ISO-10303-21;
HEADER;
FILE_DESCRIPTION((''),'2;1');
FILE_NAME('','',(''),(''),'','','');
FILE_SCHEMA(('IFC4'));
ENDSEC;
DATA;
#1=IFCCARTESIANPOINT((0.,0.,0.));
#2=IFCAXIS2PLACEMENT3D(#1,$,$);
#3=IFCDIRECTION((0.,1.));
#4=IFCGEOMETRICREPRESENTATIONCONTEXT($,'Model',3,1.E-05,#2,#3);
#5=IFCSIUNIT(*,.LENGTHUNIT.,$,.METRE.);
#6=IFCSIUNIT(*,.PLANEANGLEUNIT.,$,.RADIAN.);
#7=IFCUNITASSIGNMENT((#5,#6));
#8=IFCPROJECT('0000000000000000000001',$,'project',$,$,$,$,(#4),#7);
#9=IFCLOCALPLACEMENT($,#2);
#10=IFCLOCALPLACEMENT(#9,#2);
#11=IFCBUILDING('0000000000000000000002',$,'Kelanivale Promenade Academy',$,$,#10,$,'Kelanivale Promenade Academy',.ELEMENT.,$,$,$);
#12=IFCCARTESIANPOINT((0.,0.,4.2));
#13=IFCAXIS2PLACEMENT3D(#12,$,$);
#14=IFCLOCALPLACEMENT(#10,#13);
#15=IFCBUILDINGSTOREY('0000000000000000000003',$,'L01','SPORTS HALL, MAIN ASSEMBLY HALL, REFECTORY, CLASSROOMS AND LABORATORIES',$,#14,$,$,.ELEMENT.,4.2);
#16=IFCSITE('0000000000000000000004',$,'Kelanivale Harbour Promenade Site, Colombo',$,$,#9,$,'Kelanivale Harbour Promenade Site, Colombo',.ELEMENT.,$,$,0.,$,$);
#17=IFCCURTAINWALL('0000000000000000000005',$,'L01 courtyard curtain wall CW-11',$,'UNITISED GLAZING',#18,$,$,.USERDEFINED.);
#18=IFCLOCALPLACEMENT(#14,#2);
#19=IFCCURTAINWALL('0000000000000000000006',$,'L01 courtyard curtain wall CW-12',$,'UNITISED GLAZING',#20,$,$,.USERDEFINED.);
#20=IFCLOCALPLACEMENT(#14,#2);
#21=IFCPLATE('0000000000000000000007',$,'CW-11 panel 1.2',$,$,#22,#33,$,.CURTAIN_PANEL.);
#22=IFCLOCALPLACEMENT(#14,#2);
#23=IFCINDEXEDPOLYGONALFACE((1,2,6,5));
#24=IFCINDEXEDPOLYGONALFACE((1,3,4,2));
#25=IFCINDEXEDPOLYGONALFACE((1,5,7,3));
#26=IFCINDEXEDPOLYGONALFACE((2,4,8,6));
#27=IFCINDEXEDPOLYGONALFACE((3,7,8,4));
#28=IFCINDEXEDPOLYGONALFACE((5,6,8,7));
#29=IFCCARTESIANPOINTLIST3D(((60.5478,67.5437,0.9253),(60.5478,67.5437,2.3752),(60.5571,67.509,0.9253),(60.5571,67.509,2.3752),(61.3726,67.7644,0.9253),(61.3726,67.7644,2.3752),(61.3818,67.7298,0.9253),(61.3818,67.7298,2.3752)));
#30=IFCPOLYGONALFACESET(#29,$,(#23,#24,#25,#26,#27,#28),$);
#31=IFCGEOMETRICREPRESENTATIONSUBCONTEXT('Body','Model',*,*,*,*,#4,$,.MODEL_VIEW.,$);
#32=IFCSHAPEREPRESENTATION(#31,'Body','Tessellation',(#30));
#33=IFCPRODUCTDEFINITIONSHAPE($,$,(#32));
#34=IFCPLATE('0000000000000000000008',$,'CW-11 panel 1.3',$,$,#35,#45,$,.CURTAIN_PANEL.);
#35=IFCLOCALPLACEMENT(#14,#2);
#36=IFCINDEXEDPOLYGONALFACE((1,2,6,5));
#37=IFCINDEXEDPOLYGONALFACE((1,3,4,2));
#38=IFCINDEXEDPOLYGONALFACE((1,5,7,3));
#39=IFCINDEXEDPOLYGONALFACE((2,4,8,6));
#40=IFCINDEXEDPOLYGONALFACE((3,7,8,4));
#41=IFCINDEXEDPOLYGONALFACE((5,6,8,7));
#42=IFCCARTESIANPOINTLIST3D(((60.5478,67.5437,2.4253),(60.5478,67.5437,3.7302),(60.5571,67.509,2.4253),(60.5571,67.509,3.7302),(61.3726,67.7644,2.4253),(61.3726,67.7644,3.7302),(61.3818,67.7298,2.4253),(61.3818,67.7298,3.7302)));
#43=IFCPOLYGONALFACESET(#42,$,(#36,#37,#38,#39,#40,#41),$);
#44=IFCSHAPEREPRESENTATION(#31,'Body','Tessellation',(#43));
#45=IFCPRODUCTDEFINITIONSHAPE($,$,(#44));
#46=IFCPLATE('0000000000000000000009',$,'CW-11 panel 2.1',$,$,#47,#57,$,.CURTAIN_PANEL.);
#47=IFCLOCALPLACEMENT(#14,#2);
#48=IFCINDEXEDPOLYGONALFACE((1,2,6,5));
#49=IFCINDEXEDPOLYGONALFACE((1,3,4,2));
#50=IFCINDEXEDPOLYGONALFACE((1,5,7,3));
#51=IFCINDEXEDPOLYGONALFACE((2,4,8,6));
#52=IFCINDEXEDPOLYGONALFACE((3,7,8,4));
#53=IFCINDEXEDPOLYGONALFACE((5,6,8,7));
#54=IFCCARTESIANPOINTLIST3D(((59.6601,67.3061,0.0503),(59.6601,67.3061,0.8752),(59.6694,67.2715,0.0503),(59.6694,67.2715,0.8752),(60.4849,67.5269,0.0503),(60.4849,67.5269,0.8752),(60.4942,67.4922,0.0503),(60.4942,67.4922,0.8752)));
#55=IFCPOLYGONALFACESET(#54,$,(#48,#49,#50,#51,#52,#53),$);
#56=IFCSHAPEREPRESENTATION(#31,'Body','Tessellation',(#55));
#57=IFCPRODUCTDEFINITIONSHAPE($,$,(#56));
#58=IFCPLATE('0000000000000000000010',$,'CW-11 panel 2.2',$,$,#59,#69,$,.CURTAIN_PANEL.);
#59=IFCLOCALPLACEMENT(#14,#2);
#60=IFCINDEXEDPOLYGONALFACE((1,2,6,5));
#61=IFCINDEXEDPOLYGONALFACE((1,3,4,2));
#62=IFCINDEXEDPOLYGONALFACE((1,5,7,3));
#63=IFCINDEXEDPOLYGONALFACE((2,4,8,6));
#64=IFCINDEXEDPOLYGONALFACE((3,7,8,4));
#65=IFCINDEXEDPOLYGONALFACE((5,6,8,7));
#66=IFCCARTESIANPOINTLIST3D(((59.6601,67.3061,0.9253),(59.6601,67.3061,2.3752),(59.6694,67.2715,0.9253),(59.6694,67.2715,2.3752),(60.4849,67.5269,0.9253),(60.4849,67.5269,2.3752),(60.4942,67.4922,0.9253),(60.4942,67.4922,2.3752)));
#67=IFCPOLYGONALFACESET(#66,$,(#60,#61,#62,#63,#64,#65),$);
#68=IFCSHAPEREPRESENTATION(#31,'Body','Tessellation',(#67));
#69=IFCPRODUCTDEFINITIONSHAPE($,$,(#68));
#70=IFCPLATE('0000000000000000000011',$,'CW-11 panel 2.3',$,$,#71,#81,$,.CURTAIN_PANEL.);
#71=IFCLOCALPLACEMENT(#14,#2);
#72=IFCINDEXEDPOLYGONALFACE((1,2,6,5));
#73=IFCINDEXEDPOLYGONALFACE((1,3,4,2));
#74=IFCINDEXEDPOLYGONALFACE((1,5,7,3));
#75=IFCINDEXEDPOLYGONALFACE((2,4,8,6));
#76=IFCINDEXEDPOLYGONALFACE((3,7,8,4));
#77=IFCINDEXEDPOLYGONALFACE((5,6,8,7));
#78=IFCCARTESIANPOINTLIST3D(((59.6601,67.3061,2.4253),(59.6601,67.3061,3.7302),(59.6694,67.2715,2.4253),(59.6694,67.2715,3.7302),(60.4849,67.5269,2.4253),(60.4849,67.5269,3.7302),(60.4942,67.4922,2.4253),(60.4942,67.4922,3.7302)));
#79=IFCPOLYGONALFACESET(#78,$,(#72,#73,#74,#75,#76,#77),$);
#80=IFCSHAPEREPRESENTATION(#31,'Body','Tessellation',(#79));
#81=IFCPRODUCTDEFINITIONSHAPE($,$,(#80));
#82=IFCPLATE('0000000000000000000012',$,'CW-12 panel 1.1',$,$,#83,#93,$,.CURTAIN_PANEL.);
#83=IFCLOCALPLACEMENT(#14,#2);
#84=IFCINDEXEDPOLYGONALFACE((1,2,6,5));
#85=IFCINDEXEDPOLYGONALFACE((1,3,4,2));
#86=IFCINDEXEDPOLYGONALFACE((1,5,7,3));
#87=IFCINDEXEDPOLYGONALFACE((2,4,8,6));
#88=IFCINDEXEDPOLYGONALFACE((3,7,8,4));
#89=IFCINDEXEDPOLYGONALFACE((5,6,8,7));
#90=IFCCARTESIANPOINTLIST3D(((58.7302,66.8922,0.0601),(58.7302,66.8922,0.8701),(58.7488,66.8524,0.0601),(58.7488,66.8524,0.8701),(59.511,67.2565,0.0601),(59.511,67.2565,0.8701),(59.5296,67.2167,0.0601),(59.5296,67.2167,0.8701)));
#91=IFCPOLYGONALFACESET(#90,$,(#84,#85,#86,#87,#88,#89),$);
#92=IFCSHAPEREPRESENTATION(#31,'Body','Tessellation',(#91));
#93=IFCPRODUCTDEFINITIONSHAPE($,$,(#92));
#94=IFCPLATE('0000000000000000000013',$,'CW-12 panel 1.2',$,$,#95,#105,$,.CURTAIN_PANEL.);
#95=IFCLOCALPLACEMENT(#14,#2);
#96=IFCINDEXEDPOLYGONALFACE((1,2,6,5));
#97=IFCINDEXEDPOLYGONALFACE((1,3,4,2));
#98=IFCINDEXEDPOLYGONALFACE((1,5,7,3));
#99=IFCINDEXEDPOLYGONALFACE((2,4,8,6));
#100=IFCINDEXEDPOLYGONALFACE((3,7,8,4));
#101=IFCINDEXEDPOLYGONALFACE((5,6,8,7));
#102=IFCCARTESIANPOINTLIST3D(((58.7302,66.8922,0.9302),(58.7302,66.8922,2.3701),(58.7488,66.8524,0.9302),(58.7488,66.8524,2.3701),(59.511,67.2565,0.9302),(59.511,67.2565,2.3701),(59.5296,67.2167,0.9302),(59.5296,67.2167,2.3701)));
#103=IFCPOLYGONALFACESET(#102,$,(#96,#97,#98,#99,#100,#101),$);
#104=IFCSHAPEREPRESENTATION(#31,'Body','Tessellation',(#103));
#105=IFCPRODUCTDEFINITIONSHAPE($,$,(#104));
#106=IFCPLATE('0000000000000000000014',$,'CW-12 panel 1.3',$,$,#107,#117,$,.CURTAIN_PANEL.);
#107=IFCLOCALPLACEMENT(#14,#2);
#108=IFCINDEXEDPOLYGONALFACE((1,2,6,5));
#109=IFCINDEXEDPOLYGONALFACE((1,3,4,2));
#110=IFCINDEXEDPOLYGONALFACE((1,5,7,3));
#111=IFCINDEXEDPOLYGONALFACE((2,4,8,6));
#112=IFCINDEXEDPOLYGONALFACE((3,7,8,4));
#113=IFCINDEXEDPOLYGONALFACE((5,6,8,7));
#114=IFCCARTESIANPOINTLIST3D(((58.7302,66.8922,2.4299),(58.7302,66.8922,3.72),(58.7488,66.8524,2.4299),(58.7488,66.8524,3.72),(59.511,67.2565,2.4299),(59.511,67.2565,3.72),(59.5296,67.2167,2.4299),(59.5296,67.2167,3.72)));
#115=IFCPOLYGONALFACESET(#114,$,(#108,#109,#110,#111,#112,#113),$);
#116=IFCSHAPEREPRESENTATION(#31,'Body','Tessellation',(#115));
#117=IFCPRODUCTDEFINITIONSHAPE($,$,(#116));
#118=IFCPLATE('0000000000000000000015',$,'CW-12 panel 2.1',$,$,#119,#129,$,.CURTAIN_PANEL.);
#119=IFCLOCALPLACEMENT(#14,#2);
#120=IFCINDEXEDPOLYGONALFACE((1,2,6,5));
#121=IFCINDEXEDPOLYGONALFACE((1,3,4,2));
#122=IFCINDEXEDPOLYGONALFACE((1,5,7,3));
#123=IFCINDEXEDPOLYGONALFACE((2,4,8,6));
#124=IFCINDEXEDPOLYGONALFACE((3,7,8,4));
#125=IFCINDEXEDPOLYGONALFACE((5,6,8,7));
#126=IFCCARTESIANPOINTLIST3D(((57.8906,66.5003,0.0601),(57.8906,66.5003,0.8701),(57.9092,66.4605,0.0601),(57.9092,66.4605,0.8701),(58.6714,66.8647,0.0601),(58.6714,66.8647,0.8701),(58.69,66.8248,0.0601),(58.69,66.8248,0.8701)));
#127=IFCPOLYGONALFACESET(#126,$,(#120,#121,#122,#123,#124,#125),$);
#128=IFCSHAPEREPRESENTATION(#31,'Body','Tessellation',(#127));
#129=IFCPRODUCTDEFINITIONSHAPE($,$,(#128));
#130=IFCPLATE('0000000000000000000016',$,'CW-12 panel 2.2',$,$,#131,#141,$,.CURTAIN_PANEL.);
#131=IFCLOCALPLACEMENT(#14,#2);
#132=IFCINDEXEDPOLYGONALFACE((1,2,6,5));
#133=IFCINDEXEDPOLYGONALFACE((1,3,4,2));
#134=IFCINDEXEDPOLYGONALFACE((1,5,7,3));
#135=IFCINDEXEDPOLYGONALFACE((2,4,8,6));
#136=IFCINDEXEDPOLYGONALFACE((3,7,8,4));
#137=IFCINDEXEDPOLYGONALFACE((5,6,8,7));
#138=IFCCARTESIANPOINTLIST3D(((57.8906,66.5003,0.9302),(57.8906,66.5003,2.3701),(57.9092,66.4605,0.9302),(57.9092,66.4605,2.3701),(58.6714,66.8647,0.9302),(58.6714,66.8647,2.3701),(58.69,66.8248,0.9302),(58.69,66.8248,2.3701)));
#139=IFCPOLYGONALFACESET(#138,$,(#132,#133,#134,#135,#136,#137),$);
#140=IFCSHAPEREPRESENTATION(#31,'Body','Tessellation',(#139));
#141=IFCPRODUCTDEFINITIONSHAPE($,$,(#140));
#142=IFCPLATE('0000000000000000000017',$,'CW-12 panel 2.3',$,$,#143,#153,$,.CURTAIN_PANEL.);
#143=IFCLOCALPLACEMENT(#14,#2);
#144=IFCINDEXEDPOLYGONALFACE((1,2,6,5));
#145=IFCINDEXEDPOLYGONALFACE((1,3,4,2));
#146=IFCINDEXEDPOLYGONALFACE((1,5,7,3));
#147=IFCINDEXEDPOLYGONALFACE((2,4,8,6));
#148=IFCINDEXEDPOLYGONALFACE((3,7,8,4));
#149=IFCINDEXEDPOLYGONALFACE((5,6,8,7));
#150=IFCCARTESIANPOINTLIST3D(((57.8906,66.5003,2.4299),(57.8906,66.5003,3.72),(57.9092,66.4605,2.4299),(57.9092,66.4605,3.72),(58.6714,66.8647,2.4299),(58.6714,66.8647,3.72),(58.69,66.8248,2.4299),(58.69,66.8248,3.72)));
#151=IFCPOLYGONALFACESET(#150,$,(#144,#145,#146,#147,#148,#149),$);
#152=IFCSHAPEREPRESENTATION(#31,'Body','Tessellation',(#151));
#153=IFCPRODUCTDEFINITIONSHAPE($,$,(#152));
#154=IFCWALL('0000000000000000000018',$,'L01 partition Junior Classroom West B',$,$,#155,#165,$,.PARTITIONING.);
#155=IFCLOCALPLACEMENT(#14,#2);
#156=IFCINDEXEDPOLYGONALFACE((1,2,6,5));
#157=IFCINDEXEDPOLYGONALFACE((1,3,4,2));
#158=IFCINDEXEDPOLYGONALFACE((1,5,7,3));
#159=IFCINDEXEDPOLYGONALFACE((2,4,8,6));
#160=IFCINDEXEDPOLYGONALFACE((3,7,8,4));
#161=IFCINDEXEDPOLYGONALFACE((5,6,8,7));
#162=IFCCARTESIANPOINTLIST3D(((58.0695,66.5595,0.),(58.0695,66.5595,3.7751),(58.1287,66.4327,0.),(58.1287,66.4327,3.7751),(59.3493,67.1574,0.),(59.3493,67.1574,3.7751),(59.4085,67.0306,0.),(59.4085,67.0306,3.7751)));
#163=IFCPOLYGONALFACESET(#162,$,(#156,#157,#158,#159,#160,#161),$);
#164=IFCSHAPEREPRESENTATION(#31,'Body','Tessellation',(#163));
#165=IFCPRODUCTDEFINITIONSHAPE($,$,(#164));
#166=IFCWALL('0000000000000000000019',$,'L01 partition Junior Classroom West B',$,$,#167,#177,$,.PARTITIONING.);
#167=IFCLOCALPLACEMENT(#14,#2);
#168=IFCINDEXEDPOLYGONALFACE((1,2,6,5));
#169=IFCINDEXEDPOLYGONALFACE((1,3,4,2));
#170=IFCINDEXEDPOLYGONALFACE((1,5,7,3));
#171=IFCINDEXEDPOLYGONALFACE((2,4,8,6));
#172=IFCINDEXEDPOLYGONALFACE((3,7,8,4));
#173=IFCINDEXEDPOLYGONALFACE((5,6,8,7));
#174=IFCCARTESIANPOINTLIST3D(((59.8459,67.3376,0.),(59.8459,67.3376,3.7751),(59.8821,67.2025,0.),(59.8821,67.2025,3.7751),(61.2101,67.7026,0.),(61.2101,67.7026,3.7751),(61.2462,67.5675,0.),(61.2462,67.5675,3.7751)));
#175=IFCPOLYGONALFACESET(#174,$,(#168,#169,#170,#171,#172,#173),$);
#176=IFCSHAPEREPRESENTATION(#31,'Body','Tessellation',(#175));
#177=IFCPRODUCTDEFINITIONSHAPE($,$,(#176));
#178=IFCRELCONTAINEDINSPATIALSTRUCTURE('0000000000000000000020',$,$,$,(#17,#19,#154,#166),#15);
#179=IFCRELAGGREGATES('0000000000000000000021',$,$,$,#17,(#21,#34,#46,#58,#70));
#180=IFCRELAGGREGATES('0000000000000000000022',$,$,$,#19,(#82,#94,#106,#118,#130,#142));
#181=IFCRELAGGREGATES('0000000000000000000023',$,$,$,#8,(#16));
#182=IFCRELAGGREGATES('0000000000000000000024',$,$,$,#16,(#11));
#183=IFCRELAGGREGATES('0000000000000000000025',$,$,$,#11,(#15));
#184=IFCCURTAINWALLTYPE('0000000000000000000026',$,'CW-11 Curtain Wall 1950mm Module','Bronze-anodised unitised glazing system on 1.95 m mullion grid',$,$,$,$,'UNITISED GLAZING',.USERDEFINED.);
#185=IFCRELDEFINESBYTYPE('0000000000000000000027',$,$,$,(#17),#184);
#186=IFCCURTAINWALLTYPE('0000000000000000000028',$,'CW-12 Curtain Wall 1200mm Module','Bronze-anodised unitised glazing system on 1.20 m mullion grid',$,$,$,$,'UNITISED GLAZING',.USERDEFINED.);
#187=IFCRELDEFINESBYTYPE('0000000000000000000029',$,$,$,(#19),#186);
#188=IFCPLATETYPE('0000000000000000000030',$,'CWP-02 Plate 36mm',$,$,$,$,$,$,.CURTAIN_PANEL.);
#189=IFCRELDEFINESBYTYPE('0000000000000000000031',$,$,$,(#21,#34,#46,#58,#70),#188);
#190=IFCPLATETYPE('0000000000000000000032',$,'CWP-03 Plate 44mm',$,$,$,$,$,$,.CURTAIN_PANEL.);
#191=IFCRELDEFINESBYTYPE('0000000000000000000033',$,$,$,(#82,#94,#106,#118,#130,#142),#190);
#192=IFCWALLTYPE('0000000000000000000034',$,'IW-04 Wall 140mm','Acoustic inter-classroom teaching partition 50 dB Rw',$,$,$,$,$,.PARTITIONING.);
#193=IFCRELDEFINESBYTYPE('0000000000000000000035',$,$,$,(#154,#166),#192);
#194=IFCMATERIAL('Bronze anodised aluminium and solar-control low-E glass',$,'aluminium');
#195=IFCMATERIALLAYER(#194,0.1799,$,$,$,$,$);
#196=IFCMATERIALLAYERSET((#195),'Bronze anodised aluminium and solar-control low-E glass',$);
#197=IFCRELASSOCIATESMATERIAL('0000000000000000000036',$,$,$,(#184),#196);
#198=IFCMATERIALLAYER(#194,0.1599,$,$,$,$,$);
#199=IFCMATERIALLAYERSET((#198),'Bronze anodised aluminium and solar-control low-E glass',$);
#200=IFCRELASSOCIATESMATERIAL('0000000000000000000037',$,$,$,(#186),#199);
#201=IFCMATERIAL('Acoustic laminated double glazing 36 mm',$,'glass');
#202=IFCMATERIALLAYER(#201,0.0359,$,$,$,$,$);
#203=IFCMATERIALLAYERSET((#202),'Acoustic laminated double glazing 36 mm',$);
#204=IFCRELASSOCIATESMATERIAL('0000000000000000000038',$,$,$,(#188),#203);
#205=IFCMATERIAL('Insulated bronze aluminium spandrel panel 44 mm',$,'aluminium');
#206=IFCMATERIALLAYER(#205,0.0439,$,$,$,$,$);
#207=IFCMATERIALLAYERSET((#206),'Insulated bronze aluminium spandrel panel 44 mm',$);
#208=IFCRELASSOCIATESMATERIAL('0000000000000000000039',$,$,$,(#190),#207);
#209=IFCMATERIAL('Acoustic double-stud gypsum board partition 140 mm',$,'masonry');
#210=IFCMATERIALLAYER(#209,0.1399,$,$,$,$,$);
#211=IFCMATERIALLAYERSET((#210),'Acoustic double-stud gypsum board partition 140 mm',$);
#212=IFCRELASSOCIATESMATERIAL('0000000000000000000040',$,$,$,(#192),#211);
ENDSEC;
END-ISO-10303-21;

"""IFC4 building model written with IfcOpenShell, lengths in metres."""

from ifc_helpers import new_model, si_unit, direction, frame, frame_2d, origin, origin_2d, place, context, subcontext, project, spatial, rectangle, extrude, material, layer, layer_set, type_object, element, aggregate, save


model = new_model("IFC4")

# Units and contexts
model_context = context("Model", 3, precision=1e-05, world=origin(), true_north=direction((0.0, 1.0)))
body_context = subcontext(model_context, "Body", "Model", "MODEL_VIEW")
ifc_project = project(units=[si_unit("LENGTHUNIT", "METRE"), si_unit("PLANEANGLEUNIT", "RADIAN")], contexts=[model_context])

# Site, building, storey
site_placement = place(None, origin())
site = spatial("IfcSite", under=ifc_project, at=site_placement, Name="Kelanivale Harbour Promenade Site, Colombo", LongName="Kelanivale Harbour Promenade Site, Colombo", CompositionType="ELEMENT", RefElevation=0.0)
building_placement = place(site_placement, origin())
building = spatial("IfcBuilding", under=site, at=building_placement, Name="Kelanivale Promenade Academy", LongName="Kelanivale Promenade Academy", CompositionType="ELEMENT")
storey_placement = place(building_placement, frame((0.0, 0.0, 4.2)))
storey = spatial("IfcBuildingStorey", under=building, at=storey_placement, Name="L01", Description="SPORTS HALL, MAIN ASSEMBLY HALL, REFECTORY, CLASSROOMS AND LABORATORIES", CompositionType="ELEMENT", Elevation=4.2)

# Curtain walls
ifc_material_1 = material(Name="Bronze anodised aluminium and solar-control low-E glass", Category="aluminium")
ifc_layer_1 = layer(ifc_material_1, 0.1799)
ifc_layer_set_1 = layer_set([ifc_layer_1], Name="Bronze anodised aluminium and solar-control low-E glass")
curtain_wall_type_1 = type_object("IfcCurtainWallType", Name="CW-11 Curtain Wall 1950mm Module", Description="Bronze-anodised unitised glazing system on 1.95 m mullion grid", ElementType="UNITISED GLAZING", PredefinedType="USERDEFINED", material=ifc_layer_set_1)
curtain_wall_1_placement = place(storey_placement, origin())
curtain_wall_1 = element("IfcCurtainWall", 1, at=curtain_wall_1_placement, inside=storey, type_object=curtain_wall_type_1, Name="L01 courtyard curtain wall CW-11", ObjectType="UNITISED GLAZING", PredefinedType="USERDEFINED")
ifc_layer_2 = layer(ifc_material_1, 0.1599)
ifc_layer_set_2 = layer_set([ifc_layer_2], Name="Bronze anodised aluminium and solar-control low-E glass")
curtain_wall_type_2 = type_object("IfcCurtainWallType", Name="CW-12 Curtain Wall 1200mm Module", Description="Bronze-anodised unitised glazing system on 1.20 m mullion grid", ElementType="UNITISED GLAZING", PredefinedType="USERDEFINED", material=ifc_layer_set_2)
curtain_wall_2_placement = place(storey_placement, origin())
curtain_wall_2 = element("IfcCurtainWall", 2, at=curtain_wall_2_placement, inside=storey, type_object=curtain_wall_type_2, Name="L01 courtyard curtain wall CW-12", ObjectType="UNITISED GLAZING", PredefinedType="USERDEFINED")

# Plates
ifc_material_2 = material(Name="Acoustic laminated double glazing 36 mm", Category="glass")
ifc_layer_3 = layer(ifc_material_2, 0.0359)
ifc_layer_set_3 = layer_set([ifc_layer_3], Name="Acoustic laminated double glazing 36 mm")
plate_type_1 = type_object("IfcPlateType", Name="CWP-02 Plate 36mm", PredefinedType="CURTAIN_PANEL", material=ifc_layer_set_3)
plate_1_placement = place(storey_placement, frame((60.9648, 67.6367, 0.9253), z_axis=(0.0, 0.0, 1.0), x_axis=(-0.96599, -0.258578, 0.0)))
plate_1 = element("IfcPlate", 3, at=plate_1_placement, type_object=plate_type_1, Name="CW-11 panel 1.2", PredefinedType="CURTAIN_PANEL", context=body_context, shape_type="SweptSolid", body=[
    extrude(rectangle(XDim=0.8538, YDim=0.0359, at=origin_2d()), origin(), (0.0, 0.0, 1.0), 1.45),
])
plate_2_placement = place(storey_placement, frame((60.9648, 67.6367, 2.4253), z_axis=(0.0, 0.0, 1.0), x_axis=(-0.96599, -0.258578, 0.0)))
plate_2 = element("IfcPlate", 4, at=plate_2_placement, type_object=plate_type_1, Name="CW-11 panel 1.3", PredefinedType="CURTAIN_PANEL", context=body_context, shape_type="SweptSolid", body=[
    extrude(rectangle(XDim=0.8538, YDim=0.0359, at=origin_2d()), origin(), (0.0, 0.0, 1.0), 1.3049),
])
plate_3_placement = place(storey_placement, frame((60.0771, 67.3992, 0.0503), z_axis=(0.0, 0.0, 1.0), x_axis=(-0.96599, -0.258578, 0.0)))
plate_3 = element("IfcPlate", 5, at=plate_3_placement, type_object=plate_type_1, Name="CW-11 panel 2.1", PredefinedType="CURTAIN_PANEL", context=body_context, shape_type="SweptSolid", body=[
    extrude(rectangle(XDim=0.8538, YDim=0.0359, at=origin_2d()), origin(), (0.0, 0.0, 1.0), 0.825),
])
plate_4_placement = place(storey_placement, frame((60.0771, 67.3992, 0.9253), z_axis=(0.0, 0.0, 1.0), x_axis=(-0.96599, -0.258578, 0.0)))
plate_4 = element("IfcPlate", 6, at=plate_4_placement, type_object=plate_type_1, Name="CW-11 panel 2.2", PredefinedType="CURTAIN_PANEL", context=body_context, shape_type="SweptSolid", body=[
    extrude(rectangle(XDim=0.8538, YDim=0.0359, at=origin_2d()), origin(), (0.0, 0.0, 1.0), 1.45),
])
plate_5_placement = place(storey_placement, frame((60.0771, 67.3992, 2.4253), z_axis=(0.0, 0.0, 1.0), x_axis=(-0.96599, -0.258578, 0.0)))
plate_5 = element("IfcPlate", 7, at=plate_5_placement, type_object=plate_type_1, Name="CW-11 panel 2.3", PredefinedType="CURTAIN_PANEL", context=body_context, shape_type="SweptSolid", body=[
    extrude(rectangle(XDim=0.8538, YDim=0.0359, at=origin_2d()), origin(), (0.0, 0.0, 1.0), 1.3049),
])
aggregate(curtain_wall_1, [plate_1, plate_2, plate_3, plate_4, plate_5])
ifc_material_3 = material(Name="Insulated bronze aluminium spandrel panel 44 mm", Category="aluminium")
ifc_layer_4 = layer(ifc_material_3, 0.0439)
ifc_layer_set_4 = layer_set([ifc_layer_4], Name="Insulated bronze aluminium spandrel panel 44 mm")
plate_type_2 = type_object("IfcPlateType", Name="CWP-03 Plate 44mm", PredefinedType="CURTAIN_PANEL", material=ifc_layer_set_4)
plate_6_placement = place(storey_placement, frame((59.1299, 67.0544, 0.0601), z_axis=(0.0, 0.0, 1.0), x_axis=(-0.906196, -0.422857, 0.0)))
plate_6 = element("IfcPlate", 8, at=plate_6_placement, type_object=plate_type_2, Name="CW-12 panel 1.1", PredefinedType="CURTAIN_PANEL", context=body_context, shape_type="SweptSolid", body=[
    extrude(rectangle(XDim=0.8616, YDim=0.0439, at=origin_2d()), origin(), (0.0, 0.0, 1.0), 0.8101),
])
plate_7_placement = place(storey_placement, frame((59.1299, 67.0544, 0.9302), z_axis=(0.0, 0.0, 1.0), x_axis=(-0.906196, -0.422857, 0.0)))
plate_7 = element("IfcPlate", 9, at=plate_7_placement, type_object=plate_type_2, Name="CW-12 panel 1.2", PredefinedType="CURTAIN_PANEL", context=body_context, shape_type="SweptSolid", body=[
    extrude(rectangle(XDim=0.8616, YDim=0.0439, at=origin_2d()), origin(), (0.0, 0.0, 1.0), 1.4399),
])
plate_8_placement = place(storey_placement, frame((59.1299, 67.0544, 2.4299), z_axis=(0.0, 0.0, 1.0), x_axis=(-0.906196, -0.422857, 0.0)))
plate_8 = element("IfcPlate", 10, at=plate_8_placement, type_object=plate_type_2, Name="CW-12 panel 1.3", PredefinedType="CURTAIN_PANEL", context=body_context, shape_type="SweptSolid", body=[
    extrude(rectangle(XDim=0.8616, YDim=0.0439, at=origin_2d()), origin(), (0.0, 0.0, 1.0), 1.29),
])
plate_9_placement = place(storey_placement, frame((58.2903, 66.6626, 0.0601), z_axis=(0.0, 0.0, 1.0), x_axis=(-0.906196, -0.422857, 0.0)))
plate_9 = element("IfcPlate", 11, at=plate_9_placement, type_object=plate_type_2, Name="CW-12 panel 2.1", PredefinedType="CURTAIN_PANEL", context=body_context, shape_type="SweptSolid", body=[
    extrude(rectangle(XDim=0.8616, YDim=0.0439, at=origin_2d()), origin(), (0.0, 0.0, 1.0), 0.8101),
])
plate_10_placement = place(storey_placement, frame((58.2903, 66.6626, 0.9302), z_axis=(0.0, 0.0, 1.0), x_axis=(-0.906196, -0.422857, 0.0)))
plate_10 = element("IfcPlate", 12, at=plate_10_placement, type_object=plate_type_2, Name="CW-12 panel 2.2", PredefinedType="CURTAIN_PANEL", context=body_context, shape_type="SweptSolid", body=[
    extrude(rectangle(XDim=0.8616, YDim=0.0439, at=origin_2d()), origin(), (0.0, 0.0, 1.0), 1.4399),
])
plate_11_placement = place(storey_placement, frame((58.2903, 66.6626, 2.4299), z_axis=(0.0, 0.0, 1.0), x_axis=(-0.906196, -0.422857, 0.0)))
plate_11 = element("IfcPlate", 13, at=plate_11_placement, type_object=plate_type_2, Name="CW-12 panel 2.3", PredefinedType="CURTAIN_PANEL", context=body_context, shape_type="SweptSolid", body=[
    extrude(rectangle(XDim=0.8616, YDim=0.0439, at=origin_2d()), origin(), (0.0, 0.0, 1.0), 1.29),
])
aggregate(curtain_wall_2, [plate_6, plate_7, plate_8, plate_9, plate_10, plate_11])

# Walls
ifc_material_4 = material(Name="Acoustic double-stud gypsum board partition 140 mm", Category="masonry")
ifc_layer_5 = layer(ifc_material_4, 0.1399)
ifc_layer_set_5 = layer_set([ifc_layer_5], Name="Acoustic double-stud gypsum board partition 140 mm")
wall_type = type_object("IfcWallType", Name="IW-04 Wall 140mm", Description="Acoustic inter-classroom teaching partition 50 dB Rw", PredefinedType="PARTITIONING", material=ifc_layer_set_5)
wall_1_placement = place(storey_placement, frame((58.0991, 66.4961, 0.0), z_axis=(0.0, 0.0, 1.0), x_axis=(0.906002, 0.423273, 0.0)))
element("IfcWall", 14, at=wall_1_placement, inside=storey, type_object=wall_type, Name="L01 partition Junior Classroom West B", PredefinedType="PARTITIONING", context=body_context, shape_type="SweptSolid", body=[
    extrude(rectangle(XDim=1.4126, YDim=0.1399, at=frame_2d((0.7063, 0.0))), origin(), (0.0, 0.0, 1.0), 3.7751),
])
wall_2_placement = place(storey_placement, frame((59.864, 67.27, 0.0), z_axis=(0.0, 0.0, 1.0), x_axis=(0.966014, 0.258491, 0.0)))
element("IfcWall", 15, at=wall_2_placement, inside=storey, type_object=wall_type, Name="L01 partition Junior Classroom West B", PredefinedType="PARTITIONING", context=body_context, shape_type="SweptSolid", body=[
    extrude(rectangle(XDim=1.4121, YDim=0.1399, at=frame_2d((0.7061, 0.0))), origin(), (0.0, 0.0, 1.0), 3.7751),
])

save(model, "model.ifc")
